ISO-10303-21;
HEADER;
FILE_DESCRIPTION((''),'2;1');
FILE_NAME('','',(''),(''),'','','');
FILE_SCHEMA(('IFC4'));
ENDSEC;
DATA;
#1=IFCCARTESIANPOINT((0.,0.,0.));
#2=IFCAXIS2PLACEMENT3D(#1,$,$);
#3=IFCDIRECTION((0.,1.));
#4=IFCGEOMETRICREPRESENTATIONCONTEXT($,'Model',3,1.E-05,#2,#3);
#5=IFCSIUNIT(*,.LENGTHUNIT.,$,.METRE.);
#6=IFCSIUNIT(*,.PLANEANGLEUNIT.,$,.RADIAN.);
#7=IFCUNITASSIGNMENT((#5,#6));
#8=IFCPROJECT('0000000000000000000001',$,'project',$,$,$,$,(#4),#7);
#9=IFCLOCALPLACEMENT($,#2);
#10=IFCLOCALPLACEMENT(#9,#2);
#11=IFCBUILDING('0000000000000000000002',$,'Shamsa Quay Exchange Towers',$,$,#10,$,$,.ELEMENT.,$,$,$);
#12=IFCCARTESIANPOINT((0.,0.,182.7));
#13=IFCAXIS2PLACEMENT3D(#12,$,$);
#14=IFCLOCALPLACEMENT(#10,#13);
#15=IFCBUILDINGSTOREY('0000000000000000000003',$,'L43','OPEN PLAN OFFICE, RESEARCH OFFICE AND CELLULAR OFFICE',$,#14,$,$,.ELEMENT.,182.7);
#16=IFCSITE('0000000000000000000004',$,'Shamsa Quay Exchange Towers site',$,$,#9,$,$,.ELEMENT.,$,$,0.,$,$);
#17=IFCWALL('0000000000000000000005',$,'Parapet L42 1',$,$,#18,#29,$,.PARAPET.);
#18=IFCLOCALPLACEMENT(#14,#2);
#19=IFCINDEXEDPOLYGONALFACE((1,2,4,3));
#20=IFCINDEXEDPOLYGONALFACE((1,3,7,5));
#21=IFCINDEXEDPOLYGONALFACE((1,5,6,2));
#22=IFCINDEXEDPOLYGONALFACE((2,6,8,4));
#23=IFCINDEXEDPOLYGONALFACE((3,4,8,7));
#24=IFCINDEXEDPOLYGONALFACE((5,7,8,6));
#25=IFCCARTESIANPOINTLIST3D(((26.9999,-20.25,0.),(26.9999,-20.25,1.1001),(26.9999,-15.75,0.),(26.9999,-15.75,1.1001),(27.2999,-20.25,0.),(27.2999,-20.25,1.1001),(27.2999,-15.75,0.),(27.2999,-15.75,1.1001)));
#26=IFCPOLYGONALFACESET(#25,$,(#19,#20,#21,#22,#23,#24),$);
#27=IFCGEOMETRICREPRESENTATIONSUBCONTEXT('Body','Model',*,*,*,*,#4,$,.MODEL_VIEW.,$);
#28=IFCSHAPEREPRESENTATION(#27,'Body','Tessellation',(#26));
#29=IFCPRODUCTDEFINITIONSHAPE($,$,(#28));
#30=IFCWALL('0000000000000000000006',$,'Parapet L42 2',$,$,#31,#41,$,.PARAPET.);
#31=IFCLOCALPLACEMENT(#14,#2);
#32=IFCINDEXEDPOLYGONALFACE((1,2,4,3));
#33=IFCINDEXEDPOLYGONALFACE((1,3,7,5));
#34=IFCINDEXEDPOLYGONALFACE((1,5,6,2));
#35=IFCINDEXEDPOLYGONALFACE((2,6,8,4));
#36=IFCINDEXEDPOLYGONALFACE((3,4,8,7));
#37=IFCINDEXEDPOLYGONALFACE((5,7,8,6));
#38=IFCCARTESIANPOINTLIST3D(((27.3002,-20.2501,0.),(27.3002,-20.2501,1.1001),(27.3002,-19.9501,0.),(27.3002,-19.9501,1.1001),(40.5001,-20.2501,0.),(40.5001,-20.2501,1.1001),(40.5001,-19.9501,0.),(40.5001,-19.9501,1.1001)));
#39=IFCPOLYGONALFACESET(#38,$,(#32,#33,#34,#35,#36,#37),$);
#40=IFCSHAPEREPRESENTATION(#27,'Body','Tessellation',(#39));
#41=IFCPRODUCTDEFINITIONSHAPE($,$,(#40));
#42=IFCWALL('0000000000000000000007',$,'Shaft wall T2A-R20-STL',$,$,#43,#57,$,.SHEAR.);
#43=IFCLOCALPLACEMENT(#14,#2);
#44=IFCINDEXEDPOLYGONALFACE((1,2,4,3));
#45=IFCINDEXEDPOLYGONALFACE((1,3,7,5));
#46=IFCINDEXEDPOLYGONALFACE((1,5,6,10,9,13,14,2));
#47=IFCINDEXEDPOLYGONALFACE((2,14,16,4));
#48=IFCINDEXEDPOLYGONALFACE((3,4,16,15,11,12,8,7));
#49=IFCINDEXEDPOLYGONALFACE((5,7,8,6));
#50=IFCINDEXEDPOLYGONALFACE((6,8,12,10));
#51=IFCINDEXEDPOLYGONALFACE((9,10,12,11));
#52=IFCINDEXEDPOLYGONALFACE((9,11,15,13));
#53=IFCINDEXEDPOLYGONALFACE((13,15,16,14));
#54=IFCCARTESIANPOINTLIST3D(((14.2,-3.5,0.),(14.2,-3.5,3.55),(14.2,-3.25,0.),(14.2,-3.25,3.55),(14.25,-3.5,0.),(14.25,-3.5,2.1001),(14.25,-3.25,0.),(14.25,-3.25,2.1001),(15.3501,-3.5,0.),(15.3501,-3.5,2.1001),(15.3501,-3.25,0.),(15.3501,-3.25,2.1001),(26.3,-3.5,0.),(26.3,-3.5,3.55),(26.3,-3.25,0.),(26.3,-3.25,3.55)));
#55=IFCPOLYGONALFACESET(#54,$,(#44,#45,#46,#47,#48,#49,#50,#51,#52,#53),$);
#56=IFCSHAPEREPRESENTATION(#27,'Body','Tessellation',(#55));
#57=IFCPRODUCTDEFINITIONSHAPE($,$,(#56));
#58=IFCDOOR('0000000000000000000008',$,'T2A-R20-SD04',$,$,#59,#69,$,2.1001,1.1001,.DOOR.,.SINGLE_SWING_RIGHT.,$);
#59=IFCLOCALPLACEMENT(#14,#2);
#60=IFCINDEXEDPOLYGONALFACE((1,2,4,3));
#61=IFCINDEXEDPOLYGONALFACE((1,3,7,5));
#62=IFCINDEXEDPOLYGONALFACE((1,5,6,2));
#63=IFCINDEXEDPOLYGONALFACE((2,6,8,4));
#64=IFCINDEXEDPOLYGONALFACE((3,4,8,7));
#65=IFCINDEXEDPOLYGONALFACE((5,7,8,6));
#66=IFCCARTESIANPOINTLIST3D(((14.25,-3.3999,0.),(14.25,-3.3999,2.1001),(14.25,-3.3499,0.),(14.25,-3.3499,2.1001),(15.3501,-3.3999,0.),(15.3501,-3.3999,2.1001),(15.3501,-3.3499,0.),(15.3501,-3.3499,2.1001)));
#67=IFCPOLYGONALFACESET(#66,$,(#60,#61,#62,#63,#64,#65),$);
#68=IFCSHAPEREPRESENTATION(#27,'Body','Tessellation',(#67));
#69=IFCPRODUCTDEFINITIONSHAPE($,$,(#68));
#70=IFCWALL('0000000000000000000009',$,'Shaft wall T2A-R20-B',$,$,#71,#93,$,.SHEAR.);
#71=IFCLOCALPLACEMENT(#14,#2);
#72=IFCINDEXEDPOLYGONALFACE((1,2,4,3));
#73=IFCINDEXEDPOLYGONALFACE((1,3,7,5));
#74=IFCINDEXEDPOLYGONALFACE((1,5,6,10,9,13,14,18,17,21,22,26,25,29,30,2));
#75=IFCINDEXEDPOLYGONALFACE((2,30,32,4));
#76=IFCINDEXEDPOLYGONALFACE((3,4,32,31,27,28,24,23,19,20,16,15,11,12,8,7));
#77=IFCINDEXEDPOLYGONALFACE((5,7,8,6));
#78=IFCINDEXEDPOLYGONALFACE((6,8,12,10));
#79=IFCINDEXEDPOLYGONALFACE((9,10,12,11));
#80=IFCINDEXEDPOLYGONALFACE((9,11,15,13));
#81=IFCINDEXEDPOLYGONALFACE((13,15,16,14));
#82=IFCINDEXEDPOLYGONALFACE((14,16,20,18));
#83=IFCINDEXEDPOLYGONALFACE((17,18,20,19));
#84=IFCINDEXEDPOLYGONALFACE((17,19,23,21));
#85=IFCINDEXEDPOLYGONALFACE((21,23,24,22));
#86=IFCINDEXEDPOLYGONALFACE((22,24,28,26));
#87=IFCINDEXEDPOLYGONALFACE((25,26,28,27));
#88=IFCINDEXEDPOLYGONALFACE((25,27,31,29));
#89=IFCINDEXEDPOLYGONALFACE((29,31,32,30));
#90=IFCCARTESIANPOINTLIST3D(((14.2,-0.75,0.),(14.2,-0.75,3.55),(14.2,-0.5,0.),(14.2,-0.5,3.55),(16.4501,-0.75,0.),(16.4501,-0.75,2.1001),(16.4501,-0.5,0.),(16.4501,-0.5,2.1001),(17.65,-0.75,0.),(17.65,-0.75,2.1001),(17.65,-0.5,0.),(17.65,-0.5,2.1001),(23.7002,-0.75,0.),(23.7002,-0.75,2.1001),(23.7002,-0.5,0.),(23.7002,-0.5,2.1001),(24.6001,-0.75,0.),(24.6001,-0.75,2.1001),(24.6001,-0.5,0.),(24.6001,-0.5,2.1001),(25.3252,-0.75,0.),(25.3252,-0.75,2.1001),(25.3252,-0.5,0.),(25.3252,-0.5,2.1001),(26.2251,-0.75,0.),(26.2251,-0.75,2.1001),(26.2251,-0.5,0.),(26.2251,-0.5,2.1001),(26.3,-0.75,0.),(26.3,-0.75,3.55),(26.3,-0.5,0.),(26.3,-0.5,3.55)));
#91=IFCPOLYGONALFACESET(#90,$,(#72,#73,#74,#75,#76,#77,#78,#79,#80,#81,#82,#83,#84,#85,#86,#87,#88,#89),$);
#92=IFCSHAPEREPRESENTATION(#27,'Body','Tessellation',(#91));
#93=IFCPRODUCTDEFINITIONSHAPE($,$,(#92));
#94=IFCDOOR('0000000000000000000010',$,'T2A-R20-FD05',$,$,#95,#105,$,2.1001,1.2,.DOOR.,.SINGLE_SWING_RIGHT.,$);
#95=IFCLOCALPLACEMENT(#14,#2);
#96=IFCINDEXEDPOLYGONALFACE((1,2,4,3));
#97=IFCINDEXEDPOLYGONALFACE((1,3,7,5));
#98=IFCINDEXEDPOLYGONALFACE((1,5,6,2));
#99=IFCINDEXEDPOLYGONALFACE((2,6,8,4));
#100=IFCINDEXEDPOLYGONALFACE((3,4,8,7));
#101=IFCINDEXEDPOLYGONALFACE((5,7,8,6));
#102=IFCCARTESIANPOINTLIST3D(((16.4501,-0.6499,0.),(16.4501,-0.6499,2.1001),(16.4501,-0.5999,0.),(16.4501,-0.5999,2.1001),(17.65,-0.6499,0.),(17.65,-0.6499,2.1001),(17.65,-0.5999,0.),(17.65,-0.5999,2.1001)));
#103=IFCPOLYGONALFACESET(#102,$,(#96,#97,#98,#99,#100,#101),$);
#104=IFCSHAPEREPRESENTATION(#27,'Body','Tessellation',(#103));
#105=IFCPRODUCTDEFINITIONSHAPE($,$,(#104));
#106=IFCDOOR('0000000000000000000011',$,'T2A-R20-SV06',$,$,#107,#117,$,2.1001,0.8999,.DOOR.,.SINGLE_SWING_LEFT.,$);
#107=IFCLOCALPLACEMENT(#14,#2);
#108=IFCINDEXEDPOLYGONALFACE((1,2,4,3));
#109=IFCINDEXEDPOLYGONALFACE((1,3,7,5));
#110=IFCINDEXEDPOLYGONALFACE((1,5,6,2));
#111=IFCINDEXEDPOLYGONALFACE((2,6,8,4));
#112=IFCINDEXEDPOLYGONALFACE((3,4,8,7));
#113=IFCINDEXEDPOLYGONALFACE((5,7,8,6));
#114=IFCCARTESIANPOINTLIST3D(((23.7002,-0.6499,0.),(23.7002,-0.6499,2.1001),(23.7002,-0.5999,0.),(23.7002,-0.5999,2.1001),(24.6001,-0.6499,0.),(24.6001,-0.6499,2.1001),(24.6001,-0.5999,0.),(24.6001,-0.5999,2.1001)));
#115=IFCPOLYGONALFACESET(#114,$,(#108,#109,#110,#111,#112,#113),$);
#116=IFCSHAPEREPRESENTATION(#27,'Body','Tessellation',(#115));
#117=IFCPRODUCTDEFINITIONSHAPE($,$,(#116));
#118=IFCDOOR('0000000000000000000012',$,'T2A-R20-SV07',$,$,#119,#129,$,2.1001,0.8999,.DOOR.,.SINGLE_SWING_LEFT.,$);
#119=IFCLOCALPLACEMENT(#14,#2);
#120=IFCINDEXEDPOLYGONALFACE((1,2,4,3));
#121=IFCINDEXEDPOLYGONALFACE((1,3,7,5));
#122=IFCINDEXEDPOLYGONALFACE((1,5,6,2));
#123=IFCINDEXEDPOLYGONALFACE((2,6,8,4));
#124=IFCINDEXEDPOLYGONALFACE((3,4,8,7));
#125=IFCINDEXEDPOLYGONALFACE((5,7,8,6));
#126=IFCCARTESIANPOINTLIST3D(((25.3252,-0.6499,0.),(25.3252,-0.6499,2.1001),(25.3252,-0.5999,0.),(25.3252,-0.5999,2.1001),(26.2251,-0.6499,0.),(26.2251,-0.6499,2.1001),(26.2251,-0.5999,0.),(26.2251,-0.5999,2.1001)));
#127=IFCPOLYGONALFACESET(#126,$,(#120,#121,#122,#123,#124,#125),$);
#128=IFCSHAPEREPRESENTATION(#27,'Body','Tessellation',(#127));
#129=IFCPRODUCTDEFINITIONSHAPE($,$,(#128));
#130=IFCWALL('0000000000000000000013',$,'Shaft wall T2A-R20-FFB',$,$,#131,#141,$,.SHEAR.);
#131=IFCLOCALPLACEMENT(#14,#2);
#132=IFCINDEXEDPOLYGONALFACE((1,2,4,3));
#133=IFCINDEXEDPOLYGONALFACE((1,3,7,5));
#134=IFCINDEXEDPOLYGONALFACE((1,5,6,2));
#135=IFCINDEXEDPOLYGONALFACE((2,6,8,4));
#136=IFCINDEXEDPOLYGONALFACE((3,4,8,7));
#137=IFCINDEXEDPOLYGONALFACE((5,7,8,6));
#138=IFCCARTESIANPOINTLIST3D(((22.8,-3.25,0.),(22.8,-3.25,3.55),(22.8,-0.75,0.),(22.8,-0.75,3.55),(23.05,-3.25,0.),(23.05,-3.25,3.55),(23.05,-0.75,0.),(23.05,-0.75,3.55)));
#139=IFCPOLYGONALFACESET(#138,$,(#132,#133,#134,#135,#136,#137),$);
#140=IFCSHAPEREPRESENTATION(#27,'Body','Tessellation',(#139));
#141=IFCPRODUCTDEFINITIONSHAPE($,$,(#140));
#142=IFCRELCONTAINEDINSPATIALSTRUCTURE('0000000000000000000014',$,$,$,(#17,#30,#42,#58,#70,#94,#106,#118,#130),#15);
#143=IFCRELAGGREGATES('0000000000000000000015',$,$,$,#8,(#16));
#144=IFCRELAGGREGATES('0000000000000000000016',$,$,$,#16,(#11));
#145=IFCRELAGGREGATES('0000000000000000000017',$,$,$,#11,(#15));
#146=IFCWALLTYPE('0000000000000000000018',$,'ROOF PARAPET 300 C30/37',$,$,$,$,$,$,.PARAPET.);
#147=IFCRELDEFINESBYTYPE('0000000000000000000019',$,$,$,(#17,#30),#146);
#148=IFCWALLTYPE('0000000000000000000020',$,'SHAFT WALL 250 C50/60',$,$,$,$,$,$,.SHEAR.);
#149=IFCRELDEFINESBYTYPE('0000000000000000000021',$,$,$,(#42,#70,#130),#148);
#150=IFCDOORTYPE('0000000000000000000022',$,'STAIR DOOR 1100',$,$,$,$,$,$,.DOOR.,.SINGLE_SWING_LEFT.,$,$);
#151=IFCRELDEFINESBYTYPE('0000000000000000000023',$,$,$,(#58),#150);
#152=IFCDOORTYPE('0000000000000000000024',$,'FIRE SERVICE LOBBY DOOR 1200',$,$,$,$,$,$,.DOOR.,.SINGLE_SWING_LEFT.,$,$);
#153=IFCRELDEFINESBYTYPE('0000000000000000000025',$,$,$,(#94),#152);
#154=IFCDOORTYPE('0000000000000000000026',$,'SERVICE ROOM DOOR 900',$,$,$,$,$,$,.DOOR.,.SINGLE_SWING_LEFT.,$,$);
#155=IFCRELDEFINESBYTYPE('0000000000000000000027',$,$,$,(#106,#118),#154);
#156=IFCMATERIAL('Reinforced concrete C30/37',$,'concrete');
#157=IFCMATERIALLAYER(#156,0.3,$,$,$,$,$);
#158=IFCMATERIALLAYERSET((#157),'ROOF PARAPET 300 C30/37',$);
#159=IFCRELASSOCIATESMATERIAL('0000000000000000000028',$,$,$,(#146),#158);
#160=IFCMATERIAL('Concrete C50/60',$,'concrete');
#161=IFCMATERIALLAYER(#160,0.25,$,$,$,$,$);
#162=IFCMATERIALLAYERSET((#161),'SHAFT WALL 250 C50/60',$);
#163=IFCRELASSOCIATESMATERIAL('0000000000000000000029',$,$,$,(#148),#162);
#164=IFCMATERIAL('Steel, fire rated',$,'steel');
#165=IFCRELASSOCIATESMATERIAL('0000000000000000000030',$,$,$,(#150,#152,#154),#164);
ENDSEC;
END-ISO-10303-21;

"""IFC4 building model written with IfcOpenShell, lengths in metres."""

from ifc_helpers import new_model, si_unit, direction, frame, frame_2d, origin, place, context, subcontext, project, spatial, rectangle, extrude, material, layer, layer_set, type_object, element, fill, save


model = new_model("IFC4")

# Units and contexts
model_context = context("Model", 3, precision=1e-05, world=origin(), true_north=direction((0.0, 1.0)))
body_context = subcontext(model_context, "Body", "Model", "MODEL_VIEW")
ifc_project = project(units=[si_unit("LENGTHUNIT", "METRE"), si_unit("PLANEANGLEUNIT", "RADIAN")], contexts=[model_context])

# Site, building, storey
site_placement = place(None, origin())
site = spatial("IfcSite", under=ifc_project, at=site_placement, Name="Shamsa Quay Exchange Towers site", CompositionType="ELEMENT", RefElevation=0.0)
building_placement = place(site_placement, origin())
building = spatial("IfcBuilding", under=site, at=building_placement, Name="Shamsa Quay Exchange Towers", CompositionType="ELEMENT")
storey_placement = place(building_placement, frame((0.0, 0.0, 182.7)))
storey = spatial("IfcBuildingStorey", under=building, at=storey_placement, Name="L43", Description="OPEN PLAN OFFICE, RESEARCH OFFICE AND CELLULAR OFFICE", CompositionType="ELEMENT", Elevation=182.7)

# Walls
ifc_material_1 = material(Name="Reinforced concrete C30/37", Category="concrete")
ifc_layer_1 = layer(ifc_material_1, 0.3)
ifc_layer_set_1 = layer_set([ifc_layer_1], Name="ROOF PARAPET 300 C30/37")
wall_type_1 = type_object("IfcWallType", Name="ROOF PARAPET 300 C30/37", PredefinedType="PARAPET", material=ifc_layer_set_1)
wall_1_placement = place(storey_placement, frame((27.1499, -15.75, 0.0), z_axis=(0.0, 0.0, 1.0), x_axis=(0.0, -1.0, 0.0)))
element("IfcWall", 1, at=wall_1_placement, inside=storey, type_object=wall_type_1, Name="Parapet L42 1", PredefinedType="PARAPET", context=body_context, shape_type="SweptSolid", body=[
    extrude(rectangle(XDim=4.5, YDim=0.3, at=frame_2d((2.25, 0.0))), origin(), (0.0, 0.0, 1.0), 1.1001),
])
wall_2_placement = place(storey_placement, frame((27.3, -20.1001, 0.0)))
element("IfcWall", 2, at=wall_2_placement, inside=storey, type_object=wall_type_1, Name="Parapet L42 2", PredefinedType="PARAPET", context=body_context, shape_type="SweptSolid", body=[
    extrude(rectangle(XDim=13.2, YDim=0.3, at=frame_2d((6.6001, 0.0))), origin(), (0.0, 0.0, 1.0), 1.1001),
])

# Wall, opening, door
ifc_material_2 = material(Name="Concrete C50/60", Category="concrete")
ifc_layer_2 = layer(ifc_material_2, 0.25)
ifc_layer_set_2 = layer_set([ifc_layer_2], Name="SHAFT WALL 250 C50/60")
wall_type_2 = type_object("IfcWallType", Name="SHAFT WALL 250 C50/60", PredefinedType="SHEAR", material=ifc_layer_set_2)
wall_3_placement = place(storey_placement, frame((26.3, -3.375, 0.0), z_axis=(0.0, 0.0, 1.0), x_axis=(-1.0, 0.0, 0.0)))
wall_3 = element("IfcWall", 3, at=wall_3_placement, inside=storey, type_object=wall_type_2, Name="Shaft wall T2A-R20-STL", PredefinedType="SHEAR", context=body_context, shape_type="SweptSolid", body=[
    extrude(rectangle(XDim=12.1001, YDim=0.25, at=frame_2d((6.05, 0.0))), origin(), (0.0, 0.0, 1.0), 3.55),
])
opening_1_placement = place(wall_3_placement, frame((10.95, 0.0, 0.0)))
opening_1 = element("IfcOpeningElement", 4, at=opening_1_placement, cuts=wall_3, PredefinedType="OPENING", context=body_context, shape_type="SweptSolid", body=[
    extrude(rectangle(XDim=1.1001, YDim=2.1001, at=frame_2d((0.55, 1.05))), frame((0.0, 0.135, 0.0), z_axis=(0.0, -1.0, 0.0), x_axis=(1.0, 0.0, 0.0)), (0.0, 0.0, 1.0), 0.27),
])
ifc_material_3 = material(Name="Steel, fire rated", Category="steel")
door_type_1 = type_object("IfcDoorType", Name="STAIR DOOR 1100", OperationType="SINGLE_SWING_LEFT", PredefinedType="DOOR", material=ifc_material_3)
door_1_placement = place(opening_1_placement, origin())
door_1 = element("IfcDoor", 5, at=door_1_placement, inside=storey, type_object=door_type_1, Name="T2A-R20-SD04", OperationType="SINGLE_SWING_RIGHT", OverallHeight=2.1001, OverallWidth=1.1001, PredefinedType="DOOR", context=body_context, shape_type="SweptSolid", body=[
    extrude(rectangle(XDim=1.1001, YDim=2.1001, at=frame_2d((0.55, 1.05))), frame((0.0, 0.0249, 0.0), z_axis=(0.0, -1.0, 0.0), x_axis=(1.0, 0.0, 0.0)), (0.0, 0.0, 1.0), 0.05),
])
fill(opening_1, door_1)

# Wall, openings, doors
wall_4_placement = place(storey_placement, frame((26.3, -0.625, 0.0), z_axis=(0.0, 0.0, 1.0), x_axis=(-1.0, 0.0, 0.0)))
wall_4 = element("IfcWall", 6, at=wall_4_placement, inside=storey, type_object=wall_type_2, Name="Shaft wall T2A-R20-B", PredefinedType="SHEAR", context=body_context, shape_type="SweptSolid", body=[
    extrude(rectangle(XDim=12.1001, YDim=0.25, at=frame_2d((6.05, 0.0))), origin(), (0.0, 0.0, 1.0), 3.55),
])
opening_2_placement = place(wall_4_placement, frame((8.6499, 0.0, 0.0)))
opening_2 = element("IfcOpeningElement", 7, at=opening_2_placement, cuts=wall_4, PredefinedType="OPENING", context=body_context, shape_type="SweptSolid", body=[
    extrude(rectangle(XDim=1.2, YDim=2.1001, at=frame_2d((0.6001, 1.05))), frame((0.0, 0.135, 0.0), z_axis=(0.0, -1.0, 0.0), x_axis=(1.0, 0.0, 0.0)), (0.0, 0.0, 1.0), 0.27),
])
opening_3_placement = place(wall_4_placement, frame((1.7, 0.0, 0.0)))
opening_3 = element("IfcOpeningElement", 8, at=opening_3_placement, cuts=wall_4, PredefinedType="OPENING", context=body_context, shape_type="SweptSolid", body=[
    extrude(rectangle(XDim=0.8999, YDim=2.1001, at=frame_2d((0.45, 1.05))), frame((0.0, 0.135, 0.0), z_axis=(0.0, -1.0, 0.0), x_axis=(1.0, 0.0, 0.0)), (0.0, 0.0, 1.0), 0.27),
])
opening_4_placement = place(wall_4_placement, frame((0.075, 0.0, 0.0)))
opening_4 = element("IfcOpeningElement", 9, at=opening_4_placement, cuts=wall_4, PredefinedType="OPENING", context=body_context, shape_type="SweptSolid", body=[
    extrude(rectangle(XDim=0.8999, YDim=2.1001, at=frame_2d((0.45, 1.05))), frame((0.0, 0.135, 0.0), z_axis=(0.0, -1.0, 0.0), x_axis=(1.0, 0.0, 0.0)), (0.0, 0.0, 1.0), 0.27),
])
door_type_2 = type_object("IfcDoorType", Name="FIRE SERVICE LOBBY DOOR 1200", OperationType="SINGLE_SWING_LEFT", PredefinedType="DOOR", material=ifc_material_3)
door_2_placement = place(opening_2_placement, origin())
door_2 = element("IfcDoor", 10, at=door_2_placement, inside=storey, type_object=door_type_2, Name="T2A-R20-FD05", OperationType="SINGLE_SWING_RIGHT", OverallHeight=2.1001, OverallWidth=1.2, PredefinedType="DOOR", context=body_context, shape_type="SweptSolid", body=[
    extrude(rectangle(XDim=1.2, YDim=2.1001, at=frame_2d((0.6001, 1.05))), frame((0.0, 0.0249, 0.0), z_axis=(0.0, -1.0, 0.0), x_axis=(1.0, 0.0, 0.0)), (0.0, 0.0, 1.0), 0.05),
])
fill(opening_2, door_2)
door_type_3 = type_object("IfcDoorType", Name="SERVICE ROOM DOOR 900", OperationType="SINGLE_SWING_LEFT", PredefinedType="DOOR", material=ifc_material_3)
door_3_placement = place(opening_3_placement, origin())
door_3 = element("IfcDoor", 11, at=door_3_placement, inside=storey, type_object=door_type_3, Name="T2A-R20-SV06", OperationType="SINGLE_SWING_LEFT", OverallHeight=2.1001, OverallWidth=0.8999, PredefinedType="DOOR", context=body_context, shape_type="SweptSolid", body=[
    extrude(rectangle(XDim=0.8999, YDim=2.1001, at=frame_2d((0.45, 1.05))), frame((0.0, 0.0249, 0.0), z_axis=(0.0, -1.0, 0.0), x_axis=(1.0, 0.0, 0.0)), (0.0, 0.0, 1.0), 0.05),
])
fill(opening_3, door_3)
door_4_placement = place(opening_4_placement, origin())
door_4 = element("IfcDoor", 12, at=door_4_placement, inside=storey, type_object=door_type_3, Name="T2A-R20-SV07", OperationType="SINGLE_SWING_LEFT", OverallHeight=2.1001, OverallWidth=0.8999, PredefinedType="DOOR", context=body_context, shape_type="SweptSolid", body=[
    extrude(rectangle(XDim=0.8999, YDim=2.1001, at=frame_2d((0.45, 1.05))), frame((0.0, 0.0249, 0.0), z_axis=(0.0, -1.0, 0.0), x_axis=(1.0, 0.0, 0.0)), (0.0, 0.0, 1.0), 0.05),
])
fill(opening_4, door_4)

# Wall
wall_5_placement = place(storey_placement, frame((22.925, -3.25, 0.0), z_axis=(0.0, 0.0, 1.0), x_axis=(0.0, 1.0, 0.0)))
element("IfcWall", 13, at=wall_5_placement, inside=storey, type_object=wall_type_2, Name="Shaft wall T2A-R20-FFB", PredefinedType="SHEAR", context=body_context, shape_type="SweptSolid", body=[
    extrude(rectangle(XDim=2.5, YDim=0.25, at=frame_2d((1.25, 0.0))), origin(), (0.0, 0.0, 1.0), 3.55),
])

save(model, "model.ifc")
